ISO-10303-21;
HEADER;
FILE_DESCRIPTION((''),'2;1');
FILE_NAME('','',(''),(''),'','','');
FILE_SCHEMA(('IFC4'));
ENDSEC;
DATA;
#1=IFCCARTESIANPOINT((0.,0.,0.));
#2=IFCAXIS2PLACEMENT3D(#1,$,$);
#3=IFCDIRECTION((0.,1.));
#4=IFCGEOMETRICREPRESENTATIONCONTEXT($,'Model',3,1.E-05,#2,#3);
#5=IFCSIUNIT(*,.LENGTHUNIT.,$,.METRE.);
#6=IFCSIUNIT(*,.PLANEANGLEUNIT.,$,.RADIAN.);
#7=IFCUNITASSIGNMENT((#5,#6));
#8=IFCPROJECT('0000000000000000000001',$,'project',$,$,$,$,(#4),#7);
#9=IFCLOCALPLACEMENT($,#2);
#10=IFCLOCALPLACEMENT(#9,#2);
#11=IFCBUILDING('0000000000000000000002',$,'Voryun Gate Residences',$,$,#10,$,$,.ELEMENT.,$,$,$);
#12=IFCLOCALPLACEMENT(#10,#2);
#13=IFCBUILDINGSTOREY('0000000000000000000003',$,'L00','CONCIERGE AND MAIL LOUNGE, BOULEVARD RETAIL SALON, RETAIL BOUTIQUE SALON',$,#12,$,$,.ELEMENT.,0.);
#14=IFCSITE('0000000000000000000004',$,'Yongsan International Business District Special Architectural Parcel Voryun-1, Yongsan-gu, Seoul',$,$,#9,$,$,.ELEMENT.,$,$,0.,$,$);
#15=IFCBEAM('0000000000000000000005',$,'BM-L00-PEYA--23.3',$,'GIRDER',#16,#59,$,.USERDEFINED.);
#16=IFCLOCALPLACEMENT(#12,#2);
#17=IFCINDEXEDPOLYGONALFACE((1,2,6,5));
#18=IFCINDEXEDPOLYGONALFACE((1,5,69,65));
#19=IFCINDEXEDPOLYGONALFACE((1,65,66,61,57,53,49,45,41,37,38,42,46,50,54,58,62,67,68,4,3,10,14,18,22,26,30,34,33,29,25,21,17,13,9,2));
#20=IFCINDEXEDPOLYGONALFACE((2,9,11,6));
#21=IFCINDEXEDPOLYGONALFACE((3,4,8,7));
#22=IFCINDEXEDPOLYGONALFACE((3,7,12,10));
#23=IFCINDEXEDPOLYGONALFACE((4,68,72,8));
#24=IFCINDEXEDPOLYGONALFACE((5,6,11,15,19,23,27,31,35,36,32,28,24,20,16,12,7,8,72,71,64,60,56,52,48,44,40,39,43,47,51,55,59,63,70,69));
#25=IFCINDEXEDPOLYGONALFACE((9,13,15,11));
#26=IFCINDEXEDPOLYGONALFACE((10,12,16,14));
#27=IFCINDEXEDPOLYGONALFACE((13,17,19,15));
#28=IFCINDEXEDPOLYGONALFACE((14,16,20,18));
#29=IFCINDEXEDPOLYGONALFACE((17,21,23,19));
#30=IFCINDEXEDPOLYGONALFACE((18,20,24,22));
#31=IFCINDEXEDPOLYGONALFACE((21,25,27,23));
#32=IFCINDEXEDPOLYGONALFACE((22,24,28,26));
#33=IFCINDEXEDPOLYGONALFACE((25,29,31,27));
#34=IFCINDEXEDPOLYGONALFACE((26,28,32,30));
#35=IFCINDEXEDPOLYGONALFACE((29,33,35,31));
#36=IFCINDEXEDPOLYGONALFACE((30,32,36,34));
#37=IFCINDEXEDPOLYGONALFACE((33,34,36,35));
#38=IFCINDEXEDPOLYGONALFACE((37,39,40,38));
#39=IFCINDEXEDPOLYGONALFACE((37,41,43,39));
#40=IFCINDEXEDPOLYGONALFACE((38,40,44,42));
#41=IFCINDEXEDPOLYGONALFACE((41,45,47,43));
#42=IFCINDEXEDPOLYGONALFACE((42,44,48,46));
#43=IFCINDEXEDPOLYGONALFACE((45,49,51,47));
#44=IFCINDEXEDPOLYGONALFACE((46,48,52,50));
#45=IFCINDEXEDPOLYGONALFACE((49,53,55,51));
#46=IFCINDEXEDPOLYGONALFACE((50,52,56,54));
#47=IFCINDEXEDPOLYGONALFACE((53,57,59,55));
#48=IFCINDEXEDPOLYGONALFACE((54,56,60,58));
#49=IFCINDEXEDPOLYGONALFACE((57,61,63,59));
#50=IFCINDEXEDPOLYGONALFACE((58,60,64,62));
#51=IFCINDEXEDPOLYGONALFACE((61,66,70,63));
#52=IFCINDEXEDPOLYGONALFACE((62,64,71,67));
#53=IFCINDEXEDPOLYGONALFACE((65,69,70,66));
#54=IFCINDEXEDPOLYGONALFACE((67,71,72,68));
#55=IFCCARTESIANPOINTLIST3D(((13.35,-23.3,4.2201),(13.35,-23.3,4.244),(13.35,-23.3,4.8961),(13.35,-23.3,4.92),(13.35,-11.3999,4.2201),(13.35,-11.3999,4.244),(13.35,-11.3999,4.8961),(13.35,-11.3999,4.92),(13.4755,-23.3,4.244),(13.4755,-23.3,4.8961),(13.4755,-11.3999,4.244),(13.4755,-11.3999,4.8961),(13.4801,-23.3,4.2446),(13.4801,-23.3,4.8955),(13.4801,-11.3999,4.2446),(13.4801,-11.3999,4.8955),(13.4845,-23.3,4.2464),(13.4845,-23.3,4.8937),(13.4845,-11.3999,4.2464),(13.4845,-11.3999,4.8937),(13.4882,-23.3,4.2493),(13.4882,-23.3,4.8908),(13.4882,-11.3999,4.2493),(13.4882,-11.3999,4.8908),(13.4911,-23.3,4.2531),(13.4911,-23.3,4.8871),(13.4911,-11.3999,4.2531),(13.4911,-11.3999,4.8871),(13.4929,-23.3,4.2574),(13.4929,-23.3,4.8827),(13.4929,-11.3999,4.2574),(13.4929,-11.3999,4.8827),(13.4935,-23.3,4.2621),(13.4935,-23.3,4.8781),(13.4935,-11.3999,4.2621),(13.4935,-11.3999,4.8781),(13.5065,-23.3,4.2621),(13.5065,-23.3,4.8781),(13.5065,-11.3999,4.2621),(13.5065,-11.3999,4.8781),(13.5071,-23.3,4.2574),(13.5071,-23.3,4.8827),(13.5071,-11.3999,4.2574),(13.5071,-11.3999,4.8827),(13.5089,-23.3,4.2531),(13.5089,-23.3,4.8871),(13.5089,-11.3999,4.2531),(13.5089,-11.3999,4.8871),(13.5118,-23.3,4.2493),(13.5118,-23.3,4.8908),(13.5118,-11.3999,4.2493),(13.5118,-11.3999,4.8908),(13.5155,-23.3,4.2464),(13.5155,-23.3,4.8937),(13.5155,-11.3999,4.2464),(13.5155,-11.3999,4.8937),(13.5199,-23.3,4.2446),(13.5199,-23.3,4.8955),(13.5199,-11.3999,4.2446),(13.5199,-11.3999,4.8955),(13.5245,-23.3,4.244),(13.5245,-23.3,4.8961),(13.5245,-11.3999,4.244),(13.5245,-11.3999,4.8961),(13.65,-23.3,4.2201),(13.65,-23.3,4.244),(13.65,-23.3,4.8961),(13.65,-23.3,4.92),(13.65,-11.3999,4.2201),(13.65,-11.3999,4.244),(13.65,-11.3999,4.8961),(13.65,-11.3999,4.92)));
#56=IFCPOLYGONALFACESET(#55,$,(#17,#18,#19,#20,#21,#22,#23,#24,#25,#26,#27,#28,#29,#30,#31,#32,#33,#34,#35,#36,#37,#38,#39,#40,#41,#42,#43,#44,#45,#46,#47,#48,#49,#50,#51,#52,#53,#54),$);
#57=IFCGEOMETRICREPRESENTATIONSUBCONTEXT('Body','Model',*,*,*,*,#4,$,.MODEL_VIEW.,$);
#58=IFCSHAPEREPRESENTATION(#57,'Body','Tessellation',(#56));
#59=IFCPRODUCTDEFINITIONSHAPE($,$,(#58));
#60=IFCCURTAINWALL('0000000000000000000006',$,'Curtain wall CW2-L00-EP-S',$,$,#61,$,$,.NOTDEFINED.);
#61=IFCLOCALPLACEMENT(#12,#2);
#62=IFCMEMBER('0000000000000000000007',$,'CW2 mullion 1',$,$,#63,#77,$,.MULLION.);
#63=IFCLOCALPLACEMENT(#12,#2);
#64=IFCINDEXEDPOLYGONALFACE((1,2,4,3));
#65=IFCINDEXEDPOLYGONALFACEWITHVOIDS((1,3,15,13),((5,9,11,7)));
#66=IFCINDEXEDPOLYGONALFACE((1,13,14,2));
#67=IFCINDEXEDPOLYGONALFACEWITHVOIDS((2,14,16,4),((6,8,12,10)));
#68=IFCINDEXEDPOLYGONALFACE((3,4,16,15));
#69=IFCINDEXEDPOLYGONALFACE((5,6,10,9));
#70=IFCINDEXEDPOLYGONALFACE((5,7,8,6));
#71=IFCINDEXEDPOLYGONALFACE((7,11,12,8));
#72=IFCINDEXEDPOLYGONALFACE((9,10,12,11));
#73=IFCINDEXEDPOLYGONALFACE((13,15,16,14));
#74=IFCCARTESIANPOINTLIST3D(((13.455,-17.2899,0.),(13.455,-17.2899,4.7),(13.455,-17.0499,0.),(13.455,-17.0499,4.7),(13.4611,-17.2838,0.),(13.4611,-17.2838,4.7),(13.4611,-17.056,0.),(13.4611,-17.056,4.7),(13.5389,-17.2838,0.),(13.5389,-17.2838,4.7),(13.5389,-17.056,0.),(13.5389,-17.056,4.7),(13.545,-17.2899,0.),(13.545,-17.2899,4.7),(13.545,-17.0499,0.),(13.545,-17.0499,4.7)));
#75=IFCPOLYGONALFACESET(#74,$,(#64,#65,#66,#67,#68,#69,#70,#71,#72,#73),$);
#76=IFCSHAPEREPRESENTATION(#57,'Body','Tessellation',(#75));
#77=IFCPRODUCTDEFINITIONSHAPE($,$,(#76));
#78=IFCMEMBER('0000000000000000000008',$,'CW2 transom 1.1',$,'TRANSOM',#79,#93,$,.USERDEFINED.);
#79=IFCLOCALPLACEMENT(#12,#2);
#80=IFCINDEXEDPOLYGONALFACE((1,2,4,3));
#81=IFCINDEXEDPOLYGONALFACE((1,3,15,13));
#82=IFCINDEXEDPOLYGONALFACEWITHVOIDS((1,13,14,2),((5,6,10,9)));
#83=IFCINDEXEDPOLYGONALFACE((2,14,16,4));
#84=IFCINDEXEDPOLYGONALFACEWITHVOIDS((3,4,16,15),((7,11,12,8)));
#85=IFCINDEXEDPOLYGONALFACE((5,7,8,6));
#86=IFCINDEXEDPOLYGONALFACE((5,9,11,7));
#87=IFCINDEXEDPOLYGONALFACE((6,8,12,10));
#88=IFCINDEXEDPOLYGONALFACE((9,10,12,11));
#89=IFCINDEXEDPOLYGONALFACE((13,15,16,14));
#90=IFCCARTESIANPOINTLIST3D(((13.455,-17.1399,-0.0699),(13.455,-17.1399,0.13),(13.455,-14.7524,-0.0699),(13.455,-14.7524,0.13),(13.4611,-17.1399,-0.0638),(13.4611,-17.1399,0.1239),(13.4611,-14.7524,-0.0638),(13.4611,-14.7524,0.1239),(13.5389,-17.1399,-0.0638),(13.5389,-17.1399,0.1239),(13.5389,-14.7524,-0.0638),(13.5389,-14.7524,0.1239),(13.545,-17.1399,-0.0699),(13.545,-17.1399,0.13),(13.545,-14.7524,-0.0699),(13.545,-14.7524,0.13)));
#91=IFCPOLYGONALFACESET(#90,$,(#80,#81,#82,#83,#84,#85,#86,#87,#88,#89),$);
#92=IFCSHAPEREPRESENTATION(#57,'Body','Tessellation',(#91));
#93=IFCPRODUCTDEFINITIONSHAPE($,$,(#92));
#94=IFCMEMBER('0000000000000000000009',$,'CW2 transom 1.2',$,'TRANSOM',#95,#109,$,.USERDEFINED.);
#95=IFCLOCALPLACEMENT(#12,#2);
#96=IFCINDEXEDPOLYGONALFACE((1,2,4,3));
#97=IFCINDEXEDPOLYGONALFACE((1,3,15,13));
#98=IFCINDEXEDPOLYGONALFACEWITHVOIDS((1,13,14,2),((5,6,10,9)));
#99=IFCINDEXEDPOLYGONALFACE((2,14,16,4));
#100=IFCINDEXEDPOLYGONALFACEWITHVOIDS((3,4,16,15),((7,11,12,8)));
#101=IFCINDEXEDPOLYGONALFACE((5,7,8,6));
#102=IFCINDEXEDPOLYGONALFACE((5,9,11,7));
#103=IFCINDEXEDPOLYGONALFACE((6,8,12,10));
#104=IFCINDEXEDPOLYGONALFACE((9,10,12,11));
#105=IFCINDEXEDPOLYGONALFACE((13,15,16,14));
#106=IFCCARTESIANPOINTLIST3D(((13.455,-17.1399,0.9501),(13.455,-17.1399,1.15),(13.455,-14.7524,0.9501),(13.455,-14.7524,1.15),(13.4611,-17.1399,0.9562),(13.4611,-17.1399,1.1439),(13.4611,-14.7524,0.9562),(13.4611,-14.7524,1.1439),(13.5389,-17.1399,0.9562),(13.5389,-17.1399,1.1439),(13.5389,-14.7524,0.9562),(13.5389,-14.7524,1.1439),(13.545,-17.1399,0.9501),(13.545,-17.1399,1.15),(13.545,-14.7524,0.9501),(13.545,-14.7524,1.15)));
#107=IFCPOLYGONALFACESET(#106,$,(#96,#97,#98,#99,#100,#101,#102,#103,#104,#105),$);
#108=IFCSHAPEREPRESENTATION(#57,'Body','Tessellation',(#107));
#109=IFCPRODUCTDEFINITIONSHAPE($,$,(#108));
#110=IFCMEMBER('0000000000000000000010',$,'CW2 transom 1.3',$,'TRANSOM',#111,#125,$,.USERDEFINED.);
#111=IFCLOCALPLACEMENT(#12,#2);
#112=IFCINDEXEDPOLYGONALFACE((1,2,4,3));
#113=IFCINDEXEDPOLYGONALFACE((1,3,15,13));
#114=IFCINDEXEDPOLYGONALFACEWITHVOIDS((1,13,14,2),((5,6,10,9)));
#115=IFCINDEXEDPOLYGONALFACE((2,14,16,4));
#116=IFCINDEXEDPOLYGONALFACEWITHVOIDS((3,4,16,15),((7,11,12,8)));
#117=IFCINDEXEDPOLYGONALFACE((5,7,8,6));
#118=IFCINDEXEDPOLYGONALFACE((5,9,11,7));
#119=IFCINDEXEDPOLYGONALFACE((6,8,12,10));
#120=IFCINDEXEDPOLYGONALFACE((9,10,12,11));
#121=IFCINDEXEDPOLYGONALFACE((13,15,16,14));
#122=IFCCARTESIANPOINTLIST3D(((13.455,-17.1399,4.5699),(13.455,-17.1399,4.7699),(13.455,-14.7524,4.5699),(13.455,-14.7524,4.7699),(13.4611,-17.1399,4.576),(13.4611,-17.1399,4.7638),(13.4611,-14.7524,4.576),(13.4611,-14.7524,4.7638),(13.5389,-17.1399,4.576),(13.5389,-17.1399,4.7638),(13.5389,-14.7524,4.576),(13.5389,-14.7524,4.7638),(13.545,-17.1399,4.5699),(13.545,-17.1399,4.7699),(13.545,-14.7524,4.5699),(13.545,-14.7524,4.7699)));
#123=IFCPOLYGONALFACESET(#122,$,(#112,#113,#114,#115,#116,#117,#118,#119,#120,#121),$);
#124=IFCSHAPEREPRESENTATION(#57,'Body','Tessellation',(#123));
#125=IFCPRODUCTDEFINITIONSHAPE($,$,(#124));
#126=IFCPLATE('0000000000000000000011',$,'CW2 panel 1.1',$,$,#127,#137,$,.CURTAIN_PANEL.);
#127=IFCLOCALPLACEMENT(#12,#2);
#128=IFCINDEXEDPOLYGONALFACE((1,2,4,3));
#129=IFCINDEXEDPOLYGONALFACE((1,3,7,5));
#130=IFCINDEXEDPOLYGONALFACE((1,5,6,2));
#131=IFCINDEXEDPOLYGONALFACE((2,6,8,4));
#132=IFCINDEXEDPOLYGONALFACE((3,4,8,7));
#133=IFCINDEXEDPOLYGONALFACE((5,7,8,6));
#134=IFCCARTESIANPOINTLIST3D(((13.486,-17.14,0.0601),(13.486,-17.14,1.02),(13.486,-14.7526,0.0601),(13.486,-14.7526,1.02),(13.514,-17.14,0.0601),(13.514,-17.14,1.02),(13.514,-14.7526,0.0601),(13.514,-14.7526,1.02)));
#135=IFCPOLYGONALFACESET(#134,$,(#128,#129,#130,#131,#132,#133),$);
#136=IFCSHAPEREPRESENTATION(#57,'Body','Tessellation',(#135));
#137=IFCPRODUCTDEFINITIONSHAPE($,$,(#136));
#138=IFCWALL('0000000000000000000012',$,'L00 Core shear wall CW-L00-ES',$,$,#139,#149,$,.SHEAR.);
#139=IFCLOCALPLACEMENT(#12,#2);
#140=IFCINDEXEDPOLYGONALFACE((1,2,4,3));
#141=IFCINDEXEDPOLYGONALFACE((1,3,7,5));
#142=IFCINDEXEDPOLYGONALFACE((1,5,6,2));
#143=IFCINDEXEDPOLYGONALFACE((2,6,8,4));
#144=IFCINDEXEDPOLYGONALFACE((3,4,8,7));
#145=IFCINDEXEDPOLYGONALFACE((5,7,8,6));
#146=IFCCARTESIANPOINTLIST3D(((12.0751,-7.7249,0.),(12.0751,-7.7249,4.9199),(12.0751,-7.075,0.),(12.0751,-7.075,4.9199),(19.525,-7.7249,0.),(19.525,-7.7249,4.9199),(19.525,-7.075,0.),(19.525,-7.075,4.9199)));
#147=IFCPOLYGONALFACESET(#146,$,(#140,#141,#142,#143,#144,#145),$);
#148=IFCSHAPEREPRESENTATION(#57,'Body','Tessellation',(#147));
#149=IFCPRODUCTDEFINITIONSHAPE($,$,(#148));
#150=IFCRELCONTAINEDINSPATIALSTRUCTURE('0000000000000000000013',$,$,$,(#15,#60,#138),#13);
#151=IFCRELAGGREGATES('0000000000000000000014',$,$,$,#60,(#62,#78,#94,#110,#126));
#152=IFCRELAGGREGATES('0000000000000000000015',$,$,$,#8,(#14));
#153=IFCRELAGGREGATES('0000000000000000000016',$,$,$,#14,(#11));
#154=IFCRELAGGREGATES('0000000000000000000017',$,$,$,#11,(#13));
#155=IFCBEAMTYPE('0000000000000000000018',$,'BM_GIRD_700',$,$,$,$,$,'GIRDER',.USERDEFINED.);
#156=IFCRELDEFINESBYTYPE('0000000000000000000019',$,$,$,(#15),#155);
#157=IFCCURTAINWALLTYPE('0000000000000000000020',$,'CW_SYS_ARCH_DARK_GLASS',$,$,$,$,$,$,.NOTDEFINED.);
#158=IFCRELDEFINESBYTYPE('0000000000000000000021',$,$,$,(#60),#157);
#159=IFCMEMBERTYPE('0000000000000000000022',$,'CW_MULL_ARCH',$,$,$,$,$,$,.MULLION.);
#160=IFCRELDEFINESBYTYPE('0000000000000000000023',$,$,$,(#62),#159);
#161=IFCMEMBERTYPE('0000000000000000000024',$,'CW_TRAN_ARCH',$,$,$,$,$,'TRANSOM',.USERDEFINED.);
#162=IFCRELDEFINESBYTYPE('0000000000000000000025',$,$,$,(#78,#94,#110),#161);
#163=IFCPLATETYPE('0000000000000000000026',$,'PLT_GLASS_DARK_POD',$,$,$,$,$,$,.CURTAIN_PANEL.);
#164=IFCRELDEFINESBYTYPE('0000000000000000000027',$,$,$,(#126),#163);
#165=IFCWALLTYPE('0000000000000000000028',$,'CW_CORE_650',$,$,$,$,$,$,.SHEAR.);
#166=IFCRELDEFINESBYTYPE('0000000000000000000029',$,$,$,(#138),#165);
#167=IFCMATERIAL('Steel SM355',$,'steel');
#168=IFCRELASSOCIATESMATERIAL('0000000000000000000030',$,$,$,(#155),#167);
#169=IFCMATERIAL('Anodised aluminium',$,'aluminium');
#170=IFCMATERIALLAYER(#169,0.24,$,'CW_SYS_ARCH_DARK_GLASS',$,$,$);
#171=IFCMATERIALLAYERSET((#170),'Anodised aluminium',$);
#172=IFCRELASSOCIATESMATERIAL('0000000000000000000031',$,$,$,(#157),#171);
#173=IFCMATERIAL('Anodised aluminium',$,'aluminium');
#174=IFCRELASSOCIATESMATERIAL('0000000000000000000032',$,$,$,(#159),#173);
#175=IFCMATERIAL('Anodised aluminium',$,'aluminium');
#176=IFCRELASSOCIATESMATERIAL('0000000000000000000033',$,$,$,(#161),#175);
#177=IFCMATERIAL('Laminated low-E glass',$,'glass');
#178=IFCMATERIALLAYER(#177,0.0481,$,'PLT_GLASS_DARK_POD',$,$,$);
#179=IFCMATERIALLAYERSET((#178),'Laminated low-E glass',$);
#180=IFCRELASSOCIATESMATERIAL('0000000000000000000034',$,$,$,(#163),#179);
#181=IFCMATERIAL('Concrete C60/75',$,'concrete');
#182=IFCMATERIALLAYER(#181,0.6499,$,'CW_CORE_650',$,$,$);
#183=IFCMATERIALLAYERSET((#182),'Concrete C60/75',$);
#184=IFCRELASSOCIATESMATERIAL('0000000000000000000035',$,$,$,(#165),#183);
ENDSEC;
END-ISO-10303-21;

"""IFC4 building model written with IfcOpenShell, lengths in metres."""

from ifc_helpers import new_model, si_unit, direction, frame, frame_2d, origin, origin_2d, place, context, subcontext, project, spatial, rectangle, hollow_rectangle, i_section, extrude, material, layer, layer_set, material_profile, profile_set, type_object, element, aggregate, save


model = new_model("IFC4")

# Units and contexts
model_context = context("Model", 3, precision=1e-05, world=origin(), true_north=direction((0.0, 1.0)))
body_context = subcontext(model_context, "Body", "Model", "MODEL_VIEW")
ifc_project = project(units=[si_unit("LENGTHUNIT", "METRE"), si_unit("PLANEANGLEUNIT", "RADIAN")], contexts=[model_context])

# Site, building, storey
site_placement = place(None, origin())
site = spatial("IfcSite", under=ifc_project, at=site_placement, Name="Yongsan International Business District Special Architectural Parcel Voryun-1, Yongsan-gu, Seoul", CompositionType="ELEMENT", RefElevation=0.0)
building_placement = place(site_placement, origin())
building = spatial("IfcBuilding", under=site, at=building_placement, Name="Voryun Gate Residences", CompositionType="ELEMENT")
storey_placement = place(building_placement, origin())
storey = spatial("IfcBuildingStorey", under=building, at=storey_placement, Name="L00", Description="CONCIERGE AND MAIL LOUNGE, BOULEVARD RETAIL SALON, RETAIL BOUTIQUE SALON", CompositionType="ELEMENT", Elevation=0.0)

# Beam
ifc_material_1 = material(Name="Steel SM355", Category="steel")
ifc_material_profile_1 = material_profile(ifc_material_1, i_section(OverallWidth=0.3, OverallDepth=0.7, WebThickness=0.0129, FlangeThickness=0.0239, FilletRadius=0.0181, at=origin_2d()), Name="H-700x300x13x24")
ifc_profile_set_1 = profile_set([ifc_material_profile_1], Name="Steel SM355")
beam_type = type_object("IfcBeamType", Name="BM_GIRD_700", ElementType="GIRDER", PredefinedType="USERDEFINED", material=ifc_profile_set_1)
beam_1_placement = place(storey_placement, frame((13.5, -23.3, 4.5701), z_axis=(0.0, 1.0, 0.0), x_axis=(-1.0, 0.0, 0.0)))
element("IfcBeam", 1, at=beam_1_placement, inside=storey, type_object=beam_type, Name="BM-L00-PEYA--23.3", ObjectType="GIRDER", PredefinedType="USERDEFINED", context=body_context, shape_type="SweptSolid", body=[
    extrude(i_section(OverallWidth=0.3, OverallDepth=0.7, WebThickness=0.0129, FlangeThickness=0.0239, FilletRadius=0.0181, at=origin_2d()), origin(), (0.0, 0.0, 1.0), 11.9001),
])

# Curtain wall, members, plate
ifc_material_2 = material(Name="Anodised aluminium", Category="aluminium")
ifc_layer_1 = layer(ifc_material_2, 0.24, Name="CW_SYS_ARCH_DARK_GLASS")
ifc_layer_set_1 = layer_set([ifc_layer_1], Name="Anodised aluminium")
curtain_wall_type = type_object("IfcCurtainWallType", Name="CW_SYS_ARCH_DARK_GLASS", PredefinedType="NOTDEFINED", material=ifc_layer_set_1)
curtain_wall_placement = place(storey_placement, origin())
curtain_wall = element("IfcCurtainWall", 2, at=curtain_wall_placement, inside=storey, type_object=curtain_wall_type, Name="Curtain wall CW2-L00-EP-S", PredefinedType="NOTDEFINED")
ifc_material_3 = material(Name="Anodised aluminium", Category="aluminium")
ifc_material_profile_2 = material_profile(ifc_material_3, hollow_rectangle(XDim=0.0901, YDim=0.24, WallThickness=0.0061, at=origin_2d()), Name="ALU-MULL-240x90x6")
ifc_profile_set_2 = profile_set([ifc_material_profile_2], Name="Anodised aluminium")
member_type_1 = type_object("IfcMemberType", Name="CW_MULL_ARCH", PredefinedType="MULLION", material=ifc_profile_set_2)
member_1_placement = place(storey_placement, frame((13.5, -17.1699, 0.0), z_axis=(0.0, 0.0, 1.0), x_axis=(-1.0, 0.0, 0.0)))
member_1 = element("IfcMember", 3, at=member_1_placement, type_object=member_type_1, Name="CW2 mullion 1", PredefinedType="MULLION", context=body_context, shape_type="SweptSolid", body=[
    extrude(hollow_rectangle(XDim=0.0901, YDim=0.24, WallThickness=0.0061, at=origin_2d()), origin(), (0.0, 0.0, 1.0), 4.7),
])
ifc_material_4 = material(Name="Anodised aluminium", Category="aluminium")
ifc_material_profile_3 = material_profile(ifc_material_4, hollow_rectangle(XDim=0.0901, YDim=0.2, WallThickness=0.0061, at=origin_2d()), Name="ALU-TRAN-200x90x6")
ifc_profile_set_3 = profile_set([ifc_material_profile_3], Name="Anodised aluminium")
member_type_2 = type_object("IfcMemberType", Name="CW_TRAN_ARCH", ElementType="TRANSOM", PredefinedType="USERDEFINED", material=ifc_profile_set_3)
member_2_placement = place(storey_placement, frame((13.5, -17.1399, 0.03), z_axis=(0.0, 1.0, 0.0), x_axis=(-1.0, 0.0, 0.0)))
member_2 = element("IfcMember", 4, at=member_2_placement, type_object=member_type_2, Name="CW2 transom 1.1", ObjectType="TRANSOM", PredefinedType="USERDEFINED", context=body_context, shape_type="SweptSolid", body=[
    extrude(hollow_rectangle(XDim=0.0901, YDim=0.2, WallThickness=0.0061, at=origin_2d()), origin(), (0.0, 0.0, 1.0), 2.3875),
])
member_3_placement = place(storey_placement, frame((13.5, -17.1399, 1.05), z_axis=(0.0, 1.0, 0.0), x_axis=(-1.0, 0.0, 0.0)))
member_3 = element("IfcMember", 5, at=member_3_placement, type_object=member_type_2, Name="CW2 transom 1.2", ObjectType="TRANSOM", PredefinedType="USERDEFINED", context=body_context, shape_type="SweptSolid", body=[
    extrude(hollow_rectangle(XDim=0.0901, YDim=0.2, WallThickness=0.0061, at=origin_2d()), origin(), (0.0, 0.0, 1.0), 2.3875),
])
member_4_placement = place(storey_placement, frame((13.5, -17.1399, 4.6699), z_axis=(0.0, 1.0, 0.0), x_axis=(-1.0, 0.0, 0.0)))
member_4 = element("IfcMember", 6, at=member_4_placement, type_object=member_type_2, Name="CW2 transom 1.3", ObjectType="TRANSOM", PredefinedType="USERDEFINED", context=body_context, shape_type="SweptSolid", body=[
    extrude(hollow_rectangle(XDim=0.0901, YDim=0.2, WallThickness=0.0061, at=origin_2d()), origin(), (0.0, 0.0, 1.0), 2.3875),
])
ifc_material_5 = material(Name="Laminated low-E glass", Category="glass")
ifc_layer_2 = layer(ifc_material_5, 0.0481, Name="PLT_GLASS_DARK_POD")
ifc_layer_set_2 = layer_set([ifc_layer_2], Name="Laminated low-E glass")
plate_type = type_object("IfcPlateType", Name="PLT_GLASS_DARK_POD", PredefinedType="CURTAIN_PANEL", material=ifc_layer_set_2)
plate_placement = place(storey_placement, frame((13.5, -15.9463, 0.0601), z_axis=(0.0, 0.0, 1.0), x_axis=(0.0, 1.0, 0.0)))
plate = element("IfcPlate", 7, at=plate_placement, type_object=plate_type, Name="CW2 panel 1.1", PredefinedType="CURTAIN_PANEL", context=body_context, shape_type="SweptSolid", body=[
    extrude(rectangle(XDim=2.3875, YDim=0.0281, at=origin_2d()), origin(), (0.0, 0.0, 1.0), 0.96),
])
aggregate(curtain_wall, [member_1, member_2, member_3, member_4, plate])

# Wall
ifc_material_6 = material(Name="Concrete C60/75", Category="concrete")
ifc_layer_3 = layer(ifc_material_6, 0.6499, Name="CW_CORE_650")
ifc_layer_set_3 = layer_set([ifc_layer_3], Name="Concrete C60/75")
wall_type_1 = type_object("IfcWallType", Name="CW_CORE_650", PredefinedType="SHEAR", material=ifc_layer_set_3)
wall_1_placement = place(storey_placement, frame((12.075, -7.3999, 0.0), z_axis=(0.0, 0.0, 1.0), x_axis=(1.0, 0.0, 0.0)))
element("IfcWall", 8, at=wall_1_placement, inside=storey, type_object=wall_type_1, Name="L00 Core shear wall CW-L00-ES", PredefinedType="SHEAR", context=body_context, shape_type="SweptSolid", body=[
    extrude(rectangle(XDim=7.45, YDim=0.6499, at=frame_2d((3.7251, 0.0))), origin(), (0.0, 0.0, 1.0), 4.9199),
])

save(model, "model.ifc")
